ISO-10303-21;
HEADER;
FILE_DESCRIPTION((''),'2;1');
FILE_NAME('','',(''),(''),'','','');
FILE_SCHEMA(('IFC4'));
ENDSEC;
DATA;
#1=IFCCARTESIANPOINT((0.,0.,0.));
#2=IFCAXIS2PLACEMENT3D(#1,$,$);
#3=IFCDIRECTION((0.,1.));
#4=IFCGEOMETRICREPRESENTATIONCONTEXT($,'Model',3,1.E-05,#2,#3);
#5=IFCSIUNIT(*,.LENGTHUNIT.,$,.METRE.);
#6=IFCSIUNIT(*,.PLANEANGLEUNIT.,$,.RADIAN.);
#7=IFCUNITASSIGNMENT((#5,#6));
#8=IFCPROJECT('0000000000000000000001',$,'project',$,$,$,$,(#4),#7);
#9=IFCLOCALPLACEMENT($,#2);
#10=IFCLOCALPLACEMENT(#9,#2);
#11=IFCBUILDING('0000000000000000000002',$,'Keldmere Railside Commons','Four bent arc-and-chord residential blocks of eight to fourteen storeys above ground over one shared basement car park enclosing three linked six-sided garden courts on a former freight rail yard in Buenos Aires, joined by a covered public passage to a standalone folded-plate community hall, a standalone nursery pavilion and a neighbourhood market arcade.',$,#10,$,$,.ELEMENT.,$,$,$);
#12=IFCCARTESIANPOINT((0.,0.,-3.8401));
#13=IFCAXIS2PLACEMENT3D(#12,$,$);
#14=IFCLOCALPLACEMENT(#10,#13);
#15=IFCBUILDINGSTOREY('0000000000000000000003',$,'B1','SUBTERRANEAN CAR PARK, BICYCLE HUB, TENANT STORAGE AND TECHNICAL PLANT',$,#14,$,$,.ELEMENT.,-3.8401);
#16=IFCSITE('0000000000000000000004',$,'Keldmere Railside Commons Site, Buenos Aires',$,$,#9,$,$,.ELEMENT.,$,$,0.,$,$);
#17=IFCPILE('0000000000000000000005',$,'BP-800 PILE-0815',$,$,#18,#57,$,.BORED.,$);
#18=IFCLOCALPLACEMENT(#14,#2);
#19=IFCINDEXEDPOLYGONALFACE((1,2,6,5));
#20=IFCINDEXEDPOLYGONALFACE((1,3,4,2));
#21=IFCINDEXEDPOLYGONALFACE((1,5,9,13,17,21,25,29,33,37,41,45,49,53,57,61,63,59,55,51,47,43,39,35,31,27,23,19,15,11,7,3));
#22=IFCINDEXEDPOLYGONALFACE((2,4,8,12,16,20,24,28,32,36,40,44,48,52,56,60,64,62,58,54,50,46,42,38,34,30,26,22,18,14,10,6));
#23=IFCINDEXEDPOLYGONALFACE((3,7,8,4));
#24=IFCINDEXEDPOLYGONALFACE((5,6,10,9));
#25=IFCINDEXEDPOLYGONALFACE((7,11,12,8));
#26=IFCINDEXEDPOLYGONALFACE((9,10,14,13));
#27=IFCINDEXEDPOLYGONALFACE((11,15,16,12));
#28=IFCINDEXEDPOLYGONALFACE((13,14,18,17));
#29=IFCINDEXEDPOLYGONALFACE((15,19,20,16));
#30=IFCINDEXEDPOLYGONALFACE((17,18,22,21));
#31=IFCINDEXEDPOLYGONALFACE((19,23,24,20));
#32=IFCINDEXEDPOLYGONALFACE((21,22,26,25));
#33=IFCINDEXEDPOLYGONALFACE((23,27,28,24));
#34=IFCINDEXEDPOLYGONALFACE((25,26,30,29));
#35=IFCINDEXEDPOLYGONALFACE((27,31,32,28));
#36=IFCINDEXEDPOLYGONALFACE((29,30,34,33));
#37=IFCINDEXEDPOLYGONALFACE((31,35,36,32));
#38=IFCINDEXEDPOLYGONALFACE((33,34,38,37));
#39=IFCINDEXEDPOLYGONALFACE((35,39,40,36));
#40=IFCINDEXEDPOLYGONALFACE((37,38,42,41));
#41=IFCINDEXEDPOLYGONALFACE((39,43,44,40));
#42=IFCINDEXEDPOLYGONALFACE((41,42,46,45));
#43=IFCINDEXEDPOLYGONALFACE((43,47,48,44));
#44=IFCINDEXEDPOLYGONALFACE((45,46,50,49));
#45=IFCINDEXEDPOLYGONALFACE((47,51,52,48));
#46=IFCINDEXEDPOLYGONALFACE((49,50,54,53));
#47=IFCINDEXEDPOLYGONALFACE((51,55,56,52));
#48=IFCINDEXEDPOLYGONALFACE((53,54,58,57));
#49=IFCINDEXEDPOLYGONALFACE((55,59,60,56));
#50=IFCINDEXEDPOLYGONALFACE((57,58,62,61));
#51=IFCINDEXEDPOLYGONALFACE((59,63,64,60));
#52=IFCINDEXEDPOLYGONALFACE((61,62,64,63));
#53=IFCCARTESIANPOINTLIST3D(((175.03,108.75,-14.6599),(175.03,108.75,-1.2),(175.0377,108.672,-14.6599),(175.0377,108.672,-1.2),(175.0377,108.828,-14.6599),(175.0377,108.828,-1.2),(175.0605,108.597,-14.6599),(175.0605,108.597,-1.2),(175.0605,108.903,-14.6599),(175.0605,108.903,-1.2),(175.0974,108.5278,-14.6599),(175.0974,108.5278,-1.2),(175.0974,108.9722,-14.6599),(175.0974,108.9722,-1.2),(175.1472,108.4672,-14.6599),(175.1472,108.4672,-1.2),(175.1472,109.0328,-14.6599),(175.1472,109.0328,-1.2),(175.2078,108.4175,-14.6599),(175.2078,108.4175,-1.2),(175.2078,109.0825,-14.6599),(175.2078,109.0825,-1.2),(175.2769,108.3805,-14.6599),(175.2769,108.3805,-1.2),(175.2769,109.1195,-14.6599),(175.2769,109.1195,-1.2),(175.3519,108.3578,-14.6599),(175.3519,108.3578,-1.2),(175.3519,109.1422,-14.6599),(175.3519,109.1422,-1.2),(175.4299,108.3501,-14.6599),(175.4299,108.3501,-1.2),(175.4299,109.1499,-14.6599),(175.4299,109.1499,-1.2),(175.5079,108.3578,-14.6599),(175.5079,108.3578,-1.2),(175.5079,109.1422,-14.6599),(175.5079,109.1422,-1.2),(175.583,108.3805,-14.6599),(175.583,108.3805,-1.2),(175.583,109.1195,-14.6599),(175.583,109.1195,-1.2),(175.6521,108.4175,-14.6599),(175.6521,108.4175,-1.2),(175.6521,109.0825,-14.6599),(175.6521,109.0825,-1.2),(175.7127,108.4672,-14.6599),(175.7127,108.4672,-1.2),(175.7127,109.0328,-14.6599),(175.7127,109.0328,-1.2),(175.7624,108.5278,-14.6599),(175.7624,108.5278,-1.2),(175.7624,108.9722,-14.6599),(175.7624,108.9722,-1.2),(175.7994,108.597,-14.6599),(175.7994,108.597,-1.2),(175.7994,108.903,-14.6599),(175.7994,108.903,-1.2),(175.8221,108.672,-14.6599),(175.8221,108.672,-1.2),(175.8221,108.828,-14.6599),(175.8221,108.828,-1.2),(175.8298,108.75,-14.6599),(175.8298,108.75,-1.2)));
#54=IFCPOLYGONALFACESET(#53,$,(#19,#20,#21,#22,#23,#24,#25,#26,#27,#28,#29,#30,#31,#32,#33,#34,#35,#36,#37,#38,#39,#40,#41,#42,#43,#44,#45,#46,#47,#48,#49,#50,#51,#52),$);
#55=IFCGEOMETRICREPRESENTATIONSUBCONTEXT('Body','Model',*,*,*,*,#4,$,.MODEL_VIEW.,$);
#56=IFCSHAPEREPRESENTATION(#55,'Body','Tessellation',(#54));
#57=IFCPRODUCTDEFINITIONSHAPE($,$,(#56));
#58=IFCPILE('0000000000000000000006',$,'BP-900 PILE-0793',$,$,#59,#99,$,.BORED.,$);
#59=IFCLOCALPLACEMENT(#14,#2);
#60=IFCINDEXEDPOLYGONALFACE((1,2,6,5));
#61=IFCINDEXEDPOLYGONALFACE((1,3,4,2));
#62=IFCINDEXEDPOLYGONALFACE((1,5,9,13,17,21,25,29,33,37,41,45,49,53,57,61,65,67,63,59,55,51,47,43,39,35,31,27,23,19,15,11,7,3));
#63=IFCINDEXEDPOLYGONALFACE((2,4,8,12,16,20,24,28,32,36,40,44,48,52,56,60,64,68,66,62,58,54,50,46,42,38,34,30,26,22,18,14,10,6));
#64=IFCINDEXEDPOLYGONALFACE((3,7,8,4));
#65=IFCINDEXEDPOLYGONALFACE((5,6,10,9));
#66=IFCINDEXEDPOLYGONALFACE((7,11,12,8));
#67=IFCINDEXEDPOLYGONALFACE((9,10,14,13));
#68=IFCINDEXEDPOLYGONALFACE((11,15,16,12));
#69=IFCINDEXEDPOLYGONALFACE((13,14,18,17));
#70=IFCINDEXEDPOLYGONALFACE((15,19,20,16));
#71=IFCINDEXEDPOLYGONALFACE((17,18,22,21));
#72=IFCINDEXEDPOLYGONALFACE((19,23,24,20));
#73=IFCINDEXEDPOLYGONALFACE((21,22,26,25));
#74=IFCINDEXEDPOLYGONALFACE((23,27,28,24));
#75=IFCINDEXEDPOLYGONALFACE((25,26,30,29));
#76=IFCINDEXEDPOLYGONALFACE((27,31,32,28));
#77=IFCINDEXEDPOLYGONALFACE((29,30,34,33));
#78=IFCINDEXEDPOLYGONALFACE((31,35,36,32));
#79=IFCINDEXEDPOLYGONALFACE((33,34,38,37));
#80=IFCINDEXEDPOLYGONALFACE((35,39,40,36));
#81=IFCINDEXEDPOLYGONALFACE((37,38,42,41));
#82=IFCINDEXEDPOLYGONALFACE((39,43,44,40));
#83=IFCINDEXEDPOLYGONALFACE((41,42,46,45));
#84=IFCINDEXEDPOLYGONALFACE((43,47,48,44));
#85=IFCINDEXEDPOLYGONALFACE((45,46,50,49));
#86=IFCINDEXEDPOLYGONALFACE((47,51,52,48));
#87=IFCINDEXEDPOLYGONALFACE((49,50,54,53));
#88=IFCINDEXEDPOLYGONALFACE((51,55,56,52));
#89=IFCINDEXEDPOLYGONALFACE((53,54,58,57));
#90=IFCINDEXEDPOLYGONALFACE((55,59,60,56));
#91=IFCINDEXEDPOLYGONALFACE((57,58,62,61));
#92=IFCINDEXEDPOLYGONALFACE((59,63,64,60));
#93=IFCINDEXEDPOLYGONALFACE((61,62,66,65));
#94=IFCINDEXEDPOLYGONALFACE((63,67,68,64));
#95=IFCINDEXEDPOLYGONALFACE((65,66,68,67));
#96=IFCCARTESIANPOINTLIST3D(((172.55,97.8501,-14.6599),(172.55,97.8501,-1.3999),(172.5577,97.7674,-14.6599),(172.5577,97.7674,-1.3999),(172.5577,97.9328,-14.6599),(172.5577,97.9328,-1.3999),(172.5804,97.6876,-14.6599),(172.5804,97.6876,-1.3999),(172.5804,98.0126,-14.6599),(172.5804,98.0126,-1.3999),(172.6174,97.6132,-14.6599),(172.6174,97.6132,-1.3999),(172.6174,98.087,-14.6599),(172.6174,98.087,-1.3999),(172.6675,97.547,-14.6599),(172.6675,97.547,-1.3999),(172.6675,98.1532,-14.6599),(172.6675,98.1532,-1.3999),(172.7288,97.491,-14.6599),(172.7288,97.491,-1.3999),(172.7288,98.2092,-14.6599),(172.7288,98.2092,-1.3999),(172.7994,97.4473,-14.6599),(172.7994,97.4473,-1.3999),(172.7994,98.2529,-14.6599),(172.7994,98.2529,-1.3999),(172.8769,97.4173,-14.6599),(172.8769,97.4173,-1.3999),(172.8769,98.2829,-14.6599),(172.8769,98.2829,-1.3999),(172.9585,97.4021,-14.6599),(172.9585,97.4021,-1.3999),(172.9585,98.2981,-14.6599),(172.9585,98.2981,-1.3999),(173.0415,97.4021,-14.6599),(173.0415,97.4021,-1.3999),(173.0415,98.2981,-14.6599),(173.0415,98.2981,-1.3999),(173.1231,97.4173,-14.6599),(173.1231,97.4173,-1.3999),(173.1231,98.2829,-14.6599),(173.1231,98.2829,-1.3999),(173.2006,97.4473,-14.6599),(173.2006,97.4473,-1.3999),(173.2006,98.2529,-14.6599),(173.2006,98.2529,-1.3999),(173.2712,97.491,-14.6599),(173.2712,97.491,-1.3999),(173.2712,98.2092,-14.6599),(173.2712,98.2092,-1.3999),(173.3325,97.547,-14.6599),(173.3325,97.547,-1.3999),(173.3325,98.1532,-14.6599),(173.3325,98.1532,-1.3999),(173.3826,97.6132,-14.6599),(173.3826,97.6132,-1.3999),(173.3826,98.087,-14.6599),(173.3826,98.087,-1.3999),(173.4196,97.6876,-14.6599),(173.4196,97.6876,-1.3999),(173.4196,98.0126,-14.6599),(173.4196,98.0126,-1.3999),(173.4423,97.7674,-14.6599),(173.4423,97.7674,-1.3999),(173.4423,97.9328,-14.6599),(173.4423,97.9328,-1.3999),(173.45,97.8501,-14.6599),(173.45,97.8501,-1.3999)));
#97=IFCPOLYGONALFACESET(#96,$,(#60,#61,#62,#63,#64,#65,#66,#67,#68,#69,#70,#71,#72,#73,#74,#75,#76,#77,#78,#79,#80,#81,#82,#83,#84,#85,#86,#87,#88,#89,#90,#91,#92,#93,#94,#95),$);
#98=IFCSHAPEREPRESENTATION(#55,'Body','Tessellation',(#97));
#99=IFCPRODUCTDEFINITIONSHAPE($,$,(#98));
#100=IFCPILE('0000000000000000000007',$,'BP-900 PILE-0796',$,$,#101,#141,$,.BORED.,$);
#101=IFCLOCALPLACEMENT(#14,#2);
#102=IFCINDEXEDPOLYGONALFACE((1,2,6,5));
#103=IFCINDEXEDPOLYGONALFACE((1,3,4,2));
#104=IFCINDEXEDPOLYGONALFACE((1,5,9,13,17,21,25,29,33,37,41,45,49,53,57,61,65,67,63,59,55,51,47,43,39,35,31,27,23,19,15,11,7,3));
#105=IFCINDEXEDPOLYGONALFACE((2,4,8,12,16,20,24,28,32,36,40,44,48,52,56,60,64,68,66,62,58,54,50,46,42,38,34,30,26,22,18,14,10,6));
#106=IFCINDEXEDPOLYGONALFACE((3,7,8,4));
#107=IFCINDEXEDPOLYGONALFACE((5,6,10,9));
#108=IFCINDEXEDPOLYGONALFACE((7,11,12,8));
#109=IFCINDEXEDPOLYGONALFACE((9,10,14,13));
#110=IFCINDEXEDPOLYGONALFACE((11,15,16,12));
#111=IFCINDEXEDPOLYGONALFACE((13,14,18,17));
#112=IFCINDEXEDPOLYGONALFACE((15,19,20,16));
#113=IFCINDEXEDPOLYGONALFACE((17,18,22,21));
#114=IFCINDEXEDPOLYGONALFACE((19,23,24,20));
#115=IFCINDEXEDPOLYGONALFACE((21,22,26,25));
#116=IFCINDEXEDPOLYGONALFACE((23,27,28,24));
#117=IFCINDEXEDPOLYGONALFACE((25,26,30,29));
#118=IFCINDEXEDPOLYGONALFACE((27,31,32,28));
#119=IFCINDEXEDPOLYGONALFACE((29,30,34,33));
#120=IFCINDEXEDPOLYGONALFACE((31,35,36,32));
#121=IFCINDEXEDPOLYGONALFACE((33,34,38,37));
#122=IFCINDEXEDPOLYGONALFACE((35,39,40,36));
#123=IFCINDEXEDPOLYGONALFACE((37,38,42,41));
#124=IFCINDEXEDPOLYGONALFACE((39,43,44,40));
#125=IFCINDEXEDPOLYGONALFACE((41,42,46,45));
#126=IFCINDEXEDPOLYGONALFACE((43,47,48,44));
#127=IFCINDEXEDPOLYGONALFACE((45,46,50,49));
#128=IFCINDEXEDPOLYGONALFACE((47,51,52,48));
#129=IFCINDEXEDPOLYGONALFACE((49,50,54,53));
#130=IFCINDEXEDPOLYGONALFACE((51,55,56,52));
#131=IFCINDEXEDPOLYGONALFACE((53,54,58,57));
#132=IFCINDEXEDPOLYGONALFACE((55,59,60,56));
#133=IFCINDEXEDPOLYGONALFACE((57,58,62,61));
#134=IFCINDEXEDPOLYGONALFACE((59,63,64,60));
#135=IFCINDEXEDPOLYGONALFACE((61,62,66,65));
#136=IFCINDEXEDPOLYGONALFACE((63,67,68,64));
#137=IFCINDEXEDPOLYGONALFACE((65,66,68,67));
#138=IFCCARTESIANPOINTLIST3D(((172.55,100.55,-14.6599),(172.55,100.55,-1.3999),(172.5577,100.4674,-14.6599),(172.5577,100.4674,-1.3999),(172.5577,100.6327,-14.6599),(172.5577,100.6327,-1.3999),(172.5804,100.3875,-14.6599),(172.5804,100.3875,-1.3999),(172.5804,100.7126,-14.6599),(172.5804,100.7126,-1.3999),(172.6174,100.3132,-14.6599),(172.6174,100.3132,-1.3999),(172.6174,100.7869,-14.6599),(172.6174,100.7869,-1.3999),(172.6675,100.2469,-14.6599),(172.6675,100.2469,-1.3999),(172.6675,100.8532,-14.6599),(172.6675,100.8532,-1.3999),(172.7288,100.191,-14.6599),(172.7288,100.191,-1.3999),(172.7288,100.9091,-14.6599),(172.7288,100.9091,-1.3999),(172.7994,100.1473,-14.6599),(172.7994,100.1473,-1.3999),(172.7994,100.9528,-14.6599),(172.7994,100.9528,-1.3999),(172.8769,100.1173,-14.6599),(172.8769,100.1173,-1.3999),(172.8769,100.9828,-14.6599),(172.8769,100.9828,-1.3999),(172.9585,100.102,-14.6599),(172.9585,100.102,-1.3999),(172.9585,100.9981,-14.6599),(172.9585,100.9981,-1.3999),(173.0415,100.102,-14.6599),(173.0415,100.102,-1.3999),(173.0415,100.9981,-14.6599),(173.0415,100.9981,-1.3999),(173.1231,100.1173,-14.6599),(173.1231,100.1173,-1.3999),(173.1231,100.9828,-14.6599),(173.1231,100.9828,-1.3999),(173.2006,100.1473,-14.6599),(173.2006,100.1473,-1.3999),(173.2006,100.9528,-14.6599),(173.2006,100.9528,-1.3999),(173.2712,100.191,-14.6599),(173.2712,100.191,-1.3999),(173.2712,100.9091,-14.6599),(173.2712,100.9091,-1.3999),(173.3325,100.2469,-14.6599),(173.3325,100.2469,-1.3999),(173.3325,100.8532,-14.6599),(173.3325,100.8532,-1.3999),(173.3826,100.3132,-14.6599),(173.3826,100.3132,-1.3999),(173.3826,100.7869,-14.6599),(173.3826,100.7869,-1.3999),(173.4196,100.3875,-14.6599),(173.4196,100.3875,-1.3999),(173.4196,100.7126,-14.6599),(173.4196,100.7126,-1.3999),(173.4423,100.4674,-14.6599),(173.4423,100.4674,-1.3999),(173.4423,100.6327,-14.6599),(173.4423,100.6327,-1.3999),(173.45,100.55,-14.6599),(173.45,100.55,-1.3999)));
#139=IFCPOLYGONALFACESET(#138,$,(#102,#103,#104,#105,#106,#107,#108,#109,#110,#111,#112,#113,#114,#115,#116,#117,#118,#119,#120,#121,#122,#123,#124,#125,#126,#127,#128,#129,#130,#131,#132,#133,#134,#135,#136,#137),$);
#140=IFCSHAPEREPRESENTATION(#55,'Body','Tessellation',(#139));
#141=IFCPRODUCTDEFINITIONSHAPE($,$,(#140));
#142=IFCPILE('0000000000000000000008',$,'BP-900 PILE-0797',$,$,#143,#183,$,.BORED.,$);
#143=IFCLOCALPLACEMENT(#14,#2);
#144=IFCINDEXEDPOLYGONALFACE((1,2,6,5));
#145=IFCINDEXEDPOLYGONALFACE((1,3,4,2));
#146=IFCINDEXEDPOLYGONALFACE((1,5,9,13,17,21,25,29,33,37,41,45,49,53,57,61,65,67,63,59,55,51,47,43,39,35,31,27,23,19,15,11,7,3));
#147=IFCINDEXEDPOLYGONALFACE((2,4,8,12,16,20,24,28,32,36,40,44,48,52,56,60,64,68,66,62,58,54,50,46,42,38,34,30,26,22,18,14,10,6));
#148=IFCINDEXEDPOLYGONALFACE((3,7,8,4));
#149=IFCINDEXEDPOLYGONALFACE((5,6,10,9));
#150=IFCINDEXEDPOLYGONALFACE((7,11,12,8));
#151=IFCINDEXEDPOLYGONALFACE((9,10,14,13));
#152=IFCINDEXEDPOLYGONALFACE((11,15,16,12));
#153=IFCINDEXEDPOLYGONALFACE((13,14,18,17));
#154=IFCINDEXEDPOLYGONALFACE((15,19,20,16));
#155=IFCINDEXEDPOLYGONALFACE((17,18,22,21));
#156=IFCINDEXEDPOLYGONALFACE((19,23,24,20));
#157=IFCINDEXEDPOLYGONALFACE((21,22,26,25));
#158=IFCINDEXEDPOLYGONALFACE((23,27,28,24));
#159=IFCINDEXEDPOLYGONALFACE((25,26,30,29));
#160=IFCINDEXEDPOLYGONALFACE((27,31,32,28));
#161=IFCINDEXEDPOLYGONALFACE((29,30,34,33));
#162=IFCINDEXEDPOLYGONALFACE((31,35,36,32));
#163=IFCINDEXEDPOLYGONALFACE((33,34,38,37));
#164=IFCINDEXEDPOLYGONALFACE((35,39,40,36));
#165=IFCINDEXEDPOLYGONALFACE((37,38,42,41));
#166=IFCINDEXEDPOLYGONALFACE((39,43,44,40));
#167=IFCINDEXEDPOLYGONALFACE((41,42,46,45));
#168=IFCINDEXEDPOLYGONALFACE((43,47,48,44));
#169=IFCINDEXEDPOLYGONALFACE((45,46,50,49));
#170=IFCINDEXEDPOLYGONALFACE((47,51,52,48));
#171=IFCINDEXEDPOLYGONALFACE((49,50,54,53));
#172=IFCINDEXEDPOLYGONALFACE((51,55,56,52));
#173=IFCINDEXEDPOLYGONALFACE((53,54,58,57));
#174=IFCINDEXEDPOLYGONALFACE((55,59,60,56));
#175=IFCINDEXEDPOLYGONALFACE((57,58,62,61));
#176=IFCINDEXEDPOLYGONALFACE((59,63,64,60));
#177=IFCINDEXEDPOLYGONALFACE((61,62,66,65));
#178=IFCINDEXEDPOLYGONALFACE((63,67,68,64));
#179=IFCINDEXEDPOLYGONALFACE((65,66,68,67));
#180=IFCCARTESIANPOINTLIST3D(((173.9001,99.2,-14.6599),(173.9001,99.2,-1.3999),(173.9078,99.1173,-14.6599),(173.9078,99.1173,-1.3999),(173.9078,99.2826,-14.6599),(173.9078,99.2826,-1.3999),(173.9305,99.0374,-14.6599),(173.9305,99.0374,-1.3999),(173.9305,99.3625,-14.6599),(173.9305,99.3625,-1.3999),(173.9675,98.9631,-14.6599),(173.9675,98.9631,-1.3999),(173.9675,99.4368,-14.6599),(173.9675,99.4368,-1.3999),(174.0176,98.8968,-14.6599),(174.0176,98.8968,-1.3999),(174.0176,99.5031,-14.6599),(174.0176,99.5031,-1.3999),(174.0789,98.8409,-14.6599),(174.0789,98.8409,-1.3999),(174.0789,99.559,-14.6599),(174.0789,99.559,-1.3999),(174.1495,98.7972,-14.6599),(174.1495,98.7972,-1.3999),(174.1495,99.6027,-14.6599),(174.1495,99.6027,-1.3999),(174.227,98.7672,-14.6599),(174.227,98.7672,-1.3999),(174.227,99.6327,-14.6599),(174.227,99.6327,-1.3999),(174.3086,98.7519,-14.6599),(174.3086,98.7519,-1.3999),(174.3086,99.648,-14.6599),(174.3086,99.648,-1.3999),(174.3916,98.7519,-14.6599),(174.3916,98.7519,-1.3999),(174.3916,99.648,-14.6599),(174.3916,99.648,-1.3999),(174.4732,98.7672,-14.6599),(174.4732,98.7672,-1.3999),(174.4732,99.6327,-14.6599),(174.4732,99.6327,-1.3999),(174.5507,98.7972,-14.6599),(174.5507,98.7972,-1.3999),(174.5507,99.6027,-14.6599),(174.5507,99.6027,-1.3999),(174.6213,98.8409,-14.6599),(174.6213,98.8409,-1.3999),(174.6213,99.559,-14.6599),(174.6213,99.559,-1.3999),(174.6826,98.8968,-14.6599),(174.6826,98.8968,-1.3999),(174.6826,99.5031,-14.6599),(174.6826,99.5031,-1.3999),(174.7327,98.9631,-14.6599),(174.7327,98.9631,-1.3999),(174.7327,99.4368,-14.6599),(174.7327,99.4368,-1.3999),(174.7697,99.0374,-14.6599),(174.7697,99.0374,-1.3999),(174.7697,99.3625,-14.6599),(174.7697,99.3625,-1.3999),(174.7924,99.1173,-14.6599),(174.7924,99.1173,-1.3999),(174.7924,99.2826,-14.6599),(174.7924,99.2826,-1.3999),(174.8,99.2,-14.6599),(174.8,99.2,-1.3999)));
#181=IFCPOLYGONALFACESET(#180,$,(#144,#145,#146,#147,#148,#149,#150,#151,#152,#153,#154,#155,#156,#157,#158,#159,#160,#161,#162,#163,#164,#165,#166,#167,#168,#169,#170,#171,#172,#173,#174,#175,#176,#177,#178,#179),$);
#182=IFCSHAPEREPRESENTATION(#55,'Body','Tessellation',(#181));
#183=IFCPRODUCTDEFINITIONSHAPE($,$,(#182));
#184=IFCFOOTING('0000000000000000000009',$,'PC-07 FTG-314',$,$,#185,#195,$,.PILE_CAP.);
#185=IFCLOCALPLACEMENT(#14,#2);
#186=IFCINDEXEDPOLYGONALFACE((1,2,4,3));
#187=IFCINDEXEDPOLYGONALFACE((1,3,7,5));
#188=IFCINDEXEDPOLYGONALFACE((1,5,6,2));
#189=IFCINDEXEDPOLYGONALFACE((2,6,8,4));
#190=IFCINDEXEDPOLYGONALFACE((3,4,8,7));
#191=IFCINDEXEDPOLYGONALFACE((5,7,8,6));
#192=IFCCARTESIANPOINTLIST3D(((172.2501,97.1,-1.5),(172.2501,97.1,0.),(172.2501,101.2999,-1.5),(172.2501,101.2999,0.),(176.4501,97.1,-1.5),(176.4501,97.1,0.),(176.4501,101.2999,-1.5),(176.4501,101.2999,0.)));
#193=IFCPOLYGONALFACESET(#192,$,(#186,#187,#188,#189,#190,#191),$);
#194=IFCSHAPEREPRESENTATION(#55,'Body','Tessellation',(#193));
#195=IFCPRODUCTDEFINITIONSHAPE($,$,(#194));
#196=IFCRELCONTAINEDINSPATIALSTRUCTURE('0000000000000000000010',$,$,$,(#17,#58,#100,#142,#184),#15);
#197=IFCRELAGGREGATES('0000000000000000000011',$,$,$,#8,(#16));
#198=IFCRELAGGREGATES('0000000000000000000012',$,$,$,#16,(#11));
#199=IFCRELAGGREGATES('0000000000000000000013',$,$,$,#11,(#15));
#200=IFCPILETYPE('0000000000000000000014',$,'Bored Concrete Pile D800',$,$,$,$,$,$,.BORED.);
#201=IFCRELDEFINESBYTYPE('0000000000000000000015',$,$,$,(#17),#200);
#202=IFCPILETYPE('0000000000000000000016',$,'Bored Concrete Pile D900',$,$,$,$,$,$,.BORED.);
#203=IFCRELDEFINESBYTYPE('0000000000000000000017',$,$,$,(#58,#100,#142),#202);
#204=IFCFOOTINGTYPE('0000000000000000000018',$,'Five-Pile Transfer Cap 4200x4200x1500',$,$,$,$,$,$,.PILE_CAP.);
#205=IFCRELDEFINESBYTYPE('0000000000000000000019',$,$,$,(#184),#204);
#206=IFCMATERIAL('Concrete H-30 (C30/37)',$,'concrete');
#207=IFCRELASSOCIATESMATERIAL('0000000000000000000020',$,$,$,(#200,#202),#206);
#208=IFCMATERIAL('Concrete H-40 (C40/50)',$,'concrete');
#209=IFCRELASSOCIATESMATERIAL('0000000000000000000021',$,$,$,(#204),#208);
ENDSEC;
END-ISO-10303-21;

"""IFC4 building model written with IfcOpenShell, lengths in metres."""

from ifc_helpers import new_model, si_unit, direction, frame, origin, origin_2d, place, context, subcontext, project, spatial, rectangle, circle, extrude, material, material_profile, profile_set, type_object, element, save


model = new_model("IFC4")

# Units and contexts
model_context = context("Model", 3, precision=1e-05, world=origin(), true_north=direction((0.0, 1.0)))
body_context = subcontext(model_context, "Body", "Model", "MODEL_VIEW")
ifc_project = project(units=[si_unit("LENGTHUNIT", "METRE"), si_unit("PLANEANGLEUNIT", "RADIAN")], contexts=[model_context])

# Site, building, storey
site_placement = place(None, origin())
site = spatial("IfcSite", under=ifc_project, at=site_placement, Name="Keldmere Railside Commons Site, Buenos Aires", CompositionType="ELEMENT", RefElevation=0.0)
building_placement = place(site_placement, origin())
building = spatial("IfcBuilding", under=site, at=building_placement, Name="Keldmere Railside Commons", Description="Four bent arc-and-chord residential blocks of eight to fourteen storeys above ground over one shared basement car park enclosing three linked six-sided garden courts on a former freight rail yard in Buenos Aires, joined by a covered public passage to a standalone folded-plate community hall, a standalone nursery pavilion and a neighbourhood market arcade.", CompositionType="ELEMENT")
storey_placement = place(building_placement, frame((0.0, 0.0, -3.8401)))
storey = spatial("IfcBuildingStorey", under=building, at=storey_placement, Name="B1", Description="SUBTERRANEAN CAR PARK, BICYCLE HUB, TENANT STORAGE AND TECHNICAL PLANT", CompositionType="ELEMENT", Elevation=-3.8401)

# Piles
ifc_material_1 = material(Name="Concrete H-30 (C30/37)", Category="concrete")
ifc_material_profile_1 = material_profile(ifc_material_1, circle(Radius=0.3999, at=origin_2d()), Name="PILE-D800")
ifc_profile_set_1 = profile_set([ifc_material_profile_1], Name="Concrete H-30 (C30/37)")
pile_type_1 = type_object("IfcPileType", Name="Bored Concrete Pile D800", PredefinedType="BORED", material=ifc_profile_set_1)
for number, where, z_axis, x_axis, name in (
    (1, (175.4299, 108.75, -1.2), (0.0, 0.0, -1.0), (1.0, 0.0, 0.0), "BP-800 PILE-0815"),
):
    element("IfcPile", number, at=place(storey_placement, frame(where, z_axis=z_axis, x_axis=x_axis)), inside=storey, type_object=pile_type_1, Name=name, PredefinedType="BORED", context=body_context, shape_type="SweptSolid", body=[
        extrude(circle(Radius=0.3999, at=origin_2d()), origin(), (0.0, 0.0, 1.0), 13.46),
    ])
ifc_material_profile_2 = material_profile(ifc_material_1, circle(Radius=0.45, at=origin_2d()), Name="PILE-D900")
ifc_profile_set_2 = profile_set([ifc_material_profile_2], Name="Concrete H-30 (C30/37)")
pile_type_2 = type_object("IfcPileType", Name="Bored Concrete Pile D900", PredefinedType="BORED", material=ifc_profile_set_2)
for number, where, z_axis, x_axis, name in (
    (2, (173.0, 97.8501, -1.3999), (0.0, 0.0, -1.0), (1.0, 0.0, 0.0), "BP-900 PILE-0793"),
    (3, (173.0, 100.55, -1.3999), (0.0, 0.0, -1.0), (1.0, 0.0, 0.0), "BP-900 PILE-0796"),
    (4, (174.3501, 99.2, -1.3999), (0.0, 0.0, -1.0), (1.0, 0.0, 0.0), "BP-900 PILE-0797"),
):
    element("IfcPile", number, at=place(storey_placement, frame(where, z_axis=z_axis, x_axis=x_axis)), inside=storey, type_object=pile_type_2, Name=name, PredefinedType="BORED", context=body_context, shape_type="SweptSolid", body=[
        extrude(circle(Radius=0.45, at=origin_2d()), origin(), (0.0, 0.0, 1.0), 13.26),
    ])

# Footing
ifc_material_2 = material(Name="Concrete H-40 (C40/50)", Category="concrete")
footing_type_1 = type_object("IfcFootingType", Name="Five-Pile Transfer Cap 4200x4200x1500", PredefinedType="PILE_CAP", material=ifc_material_2)
footing_1_placement = place(storey_placement, frame((174.3501, 99.2, -1.5), z_axis=(0.0, 0.0, 1.0), x_axis=(1.0, 0.0, 0.0)))
element("IfcFooting", 5, at=footing_1_placement, inside=storey, type_object=footing_type_1, Name="PC-07 FTG-314", PredefinedType="PILE_CAP", context=body_context, shape_type="SweptSolid", body=[
    extrude(rectangle(XDim=4.2, YDim=4.2, at=origin_2d()), origin(), (0.0, 0.0, 1.0), 1.5),
])

save(model, "model.ifc")
